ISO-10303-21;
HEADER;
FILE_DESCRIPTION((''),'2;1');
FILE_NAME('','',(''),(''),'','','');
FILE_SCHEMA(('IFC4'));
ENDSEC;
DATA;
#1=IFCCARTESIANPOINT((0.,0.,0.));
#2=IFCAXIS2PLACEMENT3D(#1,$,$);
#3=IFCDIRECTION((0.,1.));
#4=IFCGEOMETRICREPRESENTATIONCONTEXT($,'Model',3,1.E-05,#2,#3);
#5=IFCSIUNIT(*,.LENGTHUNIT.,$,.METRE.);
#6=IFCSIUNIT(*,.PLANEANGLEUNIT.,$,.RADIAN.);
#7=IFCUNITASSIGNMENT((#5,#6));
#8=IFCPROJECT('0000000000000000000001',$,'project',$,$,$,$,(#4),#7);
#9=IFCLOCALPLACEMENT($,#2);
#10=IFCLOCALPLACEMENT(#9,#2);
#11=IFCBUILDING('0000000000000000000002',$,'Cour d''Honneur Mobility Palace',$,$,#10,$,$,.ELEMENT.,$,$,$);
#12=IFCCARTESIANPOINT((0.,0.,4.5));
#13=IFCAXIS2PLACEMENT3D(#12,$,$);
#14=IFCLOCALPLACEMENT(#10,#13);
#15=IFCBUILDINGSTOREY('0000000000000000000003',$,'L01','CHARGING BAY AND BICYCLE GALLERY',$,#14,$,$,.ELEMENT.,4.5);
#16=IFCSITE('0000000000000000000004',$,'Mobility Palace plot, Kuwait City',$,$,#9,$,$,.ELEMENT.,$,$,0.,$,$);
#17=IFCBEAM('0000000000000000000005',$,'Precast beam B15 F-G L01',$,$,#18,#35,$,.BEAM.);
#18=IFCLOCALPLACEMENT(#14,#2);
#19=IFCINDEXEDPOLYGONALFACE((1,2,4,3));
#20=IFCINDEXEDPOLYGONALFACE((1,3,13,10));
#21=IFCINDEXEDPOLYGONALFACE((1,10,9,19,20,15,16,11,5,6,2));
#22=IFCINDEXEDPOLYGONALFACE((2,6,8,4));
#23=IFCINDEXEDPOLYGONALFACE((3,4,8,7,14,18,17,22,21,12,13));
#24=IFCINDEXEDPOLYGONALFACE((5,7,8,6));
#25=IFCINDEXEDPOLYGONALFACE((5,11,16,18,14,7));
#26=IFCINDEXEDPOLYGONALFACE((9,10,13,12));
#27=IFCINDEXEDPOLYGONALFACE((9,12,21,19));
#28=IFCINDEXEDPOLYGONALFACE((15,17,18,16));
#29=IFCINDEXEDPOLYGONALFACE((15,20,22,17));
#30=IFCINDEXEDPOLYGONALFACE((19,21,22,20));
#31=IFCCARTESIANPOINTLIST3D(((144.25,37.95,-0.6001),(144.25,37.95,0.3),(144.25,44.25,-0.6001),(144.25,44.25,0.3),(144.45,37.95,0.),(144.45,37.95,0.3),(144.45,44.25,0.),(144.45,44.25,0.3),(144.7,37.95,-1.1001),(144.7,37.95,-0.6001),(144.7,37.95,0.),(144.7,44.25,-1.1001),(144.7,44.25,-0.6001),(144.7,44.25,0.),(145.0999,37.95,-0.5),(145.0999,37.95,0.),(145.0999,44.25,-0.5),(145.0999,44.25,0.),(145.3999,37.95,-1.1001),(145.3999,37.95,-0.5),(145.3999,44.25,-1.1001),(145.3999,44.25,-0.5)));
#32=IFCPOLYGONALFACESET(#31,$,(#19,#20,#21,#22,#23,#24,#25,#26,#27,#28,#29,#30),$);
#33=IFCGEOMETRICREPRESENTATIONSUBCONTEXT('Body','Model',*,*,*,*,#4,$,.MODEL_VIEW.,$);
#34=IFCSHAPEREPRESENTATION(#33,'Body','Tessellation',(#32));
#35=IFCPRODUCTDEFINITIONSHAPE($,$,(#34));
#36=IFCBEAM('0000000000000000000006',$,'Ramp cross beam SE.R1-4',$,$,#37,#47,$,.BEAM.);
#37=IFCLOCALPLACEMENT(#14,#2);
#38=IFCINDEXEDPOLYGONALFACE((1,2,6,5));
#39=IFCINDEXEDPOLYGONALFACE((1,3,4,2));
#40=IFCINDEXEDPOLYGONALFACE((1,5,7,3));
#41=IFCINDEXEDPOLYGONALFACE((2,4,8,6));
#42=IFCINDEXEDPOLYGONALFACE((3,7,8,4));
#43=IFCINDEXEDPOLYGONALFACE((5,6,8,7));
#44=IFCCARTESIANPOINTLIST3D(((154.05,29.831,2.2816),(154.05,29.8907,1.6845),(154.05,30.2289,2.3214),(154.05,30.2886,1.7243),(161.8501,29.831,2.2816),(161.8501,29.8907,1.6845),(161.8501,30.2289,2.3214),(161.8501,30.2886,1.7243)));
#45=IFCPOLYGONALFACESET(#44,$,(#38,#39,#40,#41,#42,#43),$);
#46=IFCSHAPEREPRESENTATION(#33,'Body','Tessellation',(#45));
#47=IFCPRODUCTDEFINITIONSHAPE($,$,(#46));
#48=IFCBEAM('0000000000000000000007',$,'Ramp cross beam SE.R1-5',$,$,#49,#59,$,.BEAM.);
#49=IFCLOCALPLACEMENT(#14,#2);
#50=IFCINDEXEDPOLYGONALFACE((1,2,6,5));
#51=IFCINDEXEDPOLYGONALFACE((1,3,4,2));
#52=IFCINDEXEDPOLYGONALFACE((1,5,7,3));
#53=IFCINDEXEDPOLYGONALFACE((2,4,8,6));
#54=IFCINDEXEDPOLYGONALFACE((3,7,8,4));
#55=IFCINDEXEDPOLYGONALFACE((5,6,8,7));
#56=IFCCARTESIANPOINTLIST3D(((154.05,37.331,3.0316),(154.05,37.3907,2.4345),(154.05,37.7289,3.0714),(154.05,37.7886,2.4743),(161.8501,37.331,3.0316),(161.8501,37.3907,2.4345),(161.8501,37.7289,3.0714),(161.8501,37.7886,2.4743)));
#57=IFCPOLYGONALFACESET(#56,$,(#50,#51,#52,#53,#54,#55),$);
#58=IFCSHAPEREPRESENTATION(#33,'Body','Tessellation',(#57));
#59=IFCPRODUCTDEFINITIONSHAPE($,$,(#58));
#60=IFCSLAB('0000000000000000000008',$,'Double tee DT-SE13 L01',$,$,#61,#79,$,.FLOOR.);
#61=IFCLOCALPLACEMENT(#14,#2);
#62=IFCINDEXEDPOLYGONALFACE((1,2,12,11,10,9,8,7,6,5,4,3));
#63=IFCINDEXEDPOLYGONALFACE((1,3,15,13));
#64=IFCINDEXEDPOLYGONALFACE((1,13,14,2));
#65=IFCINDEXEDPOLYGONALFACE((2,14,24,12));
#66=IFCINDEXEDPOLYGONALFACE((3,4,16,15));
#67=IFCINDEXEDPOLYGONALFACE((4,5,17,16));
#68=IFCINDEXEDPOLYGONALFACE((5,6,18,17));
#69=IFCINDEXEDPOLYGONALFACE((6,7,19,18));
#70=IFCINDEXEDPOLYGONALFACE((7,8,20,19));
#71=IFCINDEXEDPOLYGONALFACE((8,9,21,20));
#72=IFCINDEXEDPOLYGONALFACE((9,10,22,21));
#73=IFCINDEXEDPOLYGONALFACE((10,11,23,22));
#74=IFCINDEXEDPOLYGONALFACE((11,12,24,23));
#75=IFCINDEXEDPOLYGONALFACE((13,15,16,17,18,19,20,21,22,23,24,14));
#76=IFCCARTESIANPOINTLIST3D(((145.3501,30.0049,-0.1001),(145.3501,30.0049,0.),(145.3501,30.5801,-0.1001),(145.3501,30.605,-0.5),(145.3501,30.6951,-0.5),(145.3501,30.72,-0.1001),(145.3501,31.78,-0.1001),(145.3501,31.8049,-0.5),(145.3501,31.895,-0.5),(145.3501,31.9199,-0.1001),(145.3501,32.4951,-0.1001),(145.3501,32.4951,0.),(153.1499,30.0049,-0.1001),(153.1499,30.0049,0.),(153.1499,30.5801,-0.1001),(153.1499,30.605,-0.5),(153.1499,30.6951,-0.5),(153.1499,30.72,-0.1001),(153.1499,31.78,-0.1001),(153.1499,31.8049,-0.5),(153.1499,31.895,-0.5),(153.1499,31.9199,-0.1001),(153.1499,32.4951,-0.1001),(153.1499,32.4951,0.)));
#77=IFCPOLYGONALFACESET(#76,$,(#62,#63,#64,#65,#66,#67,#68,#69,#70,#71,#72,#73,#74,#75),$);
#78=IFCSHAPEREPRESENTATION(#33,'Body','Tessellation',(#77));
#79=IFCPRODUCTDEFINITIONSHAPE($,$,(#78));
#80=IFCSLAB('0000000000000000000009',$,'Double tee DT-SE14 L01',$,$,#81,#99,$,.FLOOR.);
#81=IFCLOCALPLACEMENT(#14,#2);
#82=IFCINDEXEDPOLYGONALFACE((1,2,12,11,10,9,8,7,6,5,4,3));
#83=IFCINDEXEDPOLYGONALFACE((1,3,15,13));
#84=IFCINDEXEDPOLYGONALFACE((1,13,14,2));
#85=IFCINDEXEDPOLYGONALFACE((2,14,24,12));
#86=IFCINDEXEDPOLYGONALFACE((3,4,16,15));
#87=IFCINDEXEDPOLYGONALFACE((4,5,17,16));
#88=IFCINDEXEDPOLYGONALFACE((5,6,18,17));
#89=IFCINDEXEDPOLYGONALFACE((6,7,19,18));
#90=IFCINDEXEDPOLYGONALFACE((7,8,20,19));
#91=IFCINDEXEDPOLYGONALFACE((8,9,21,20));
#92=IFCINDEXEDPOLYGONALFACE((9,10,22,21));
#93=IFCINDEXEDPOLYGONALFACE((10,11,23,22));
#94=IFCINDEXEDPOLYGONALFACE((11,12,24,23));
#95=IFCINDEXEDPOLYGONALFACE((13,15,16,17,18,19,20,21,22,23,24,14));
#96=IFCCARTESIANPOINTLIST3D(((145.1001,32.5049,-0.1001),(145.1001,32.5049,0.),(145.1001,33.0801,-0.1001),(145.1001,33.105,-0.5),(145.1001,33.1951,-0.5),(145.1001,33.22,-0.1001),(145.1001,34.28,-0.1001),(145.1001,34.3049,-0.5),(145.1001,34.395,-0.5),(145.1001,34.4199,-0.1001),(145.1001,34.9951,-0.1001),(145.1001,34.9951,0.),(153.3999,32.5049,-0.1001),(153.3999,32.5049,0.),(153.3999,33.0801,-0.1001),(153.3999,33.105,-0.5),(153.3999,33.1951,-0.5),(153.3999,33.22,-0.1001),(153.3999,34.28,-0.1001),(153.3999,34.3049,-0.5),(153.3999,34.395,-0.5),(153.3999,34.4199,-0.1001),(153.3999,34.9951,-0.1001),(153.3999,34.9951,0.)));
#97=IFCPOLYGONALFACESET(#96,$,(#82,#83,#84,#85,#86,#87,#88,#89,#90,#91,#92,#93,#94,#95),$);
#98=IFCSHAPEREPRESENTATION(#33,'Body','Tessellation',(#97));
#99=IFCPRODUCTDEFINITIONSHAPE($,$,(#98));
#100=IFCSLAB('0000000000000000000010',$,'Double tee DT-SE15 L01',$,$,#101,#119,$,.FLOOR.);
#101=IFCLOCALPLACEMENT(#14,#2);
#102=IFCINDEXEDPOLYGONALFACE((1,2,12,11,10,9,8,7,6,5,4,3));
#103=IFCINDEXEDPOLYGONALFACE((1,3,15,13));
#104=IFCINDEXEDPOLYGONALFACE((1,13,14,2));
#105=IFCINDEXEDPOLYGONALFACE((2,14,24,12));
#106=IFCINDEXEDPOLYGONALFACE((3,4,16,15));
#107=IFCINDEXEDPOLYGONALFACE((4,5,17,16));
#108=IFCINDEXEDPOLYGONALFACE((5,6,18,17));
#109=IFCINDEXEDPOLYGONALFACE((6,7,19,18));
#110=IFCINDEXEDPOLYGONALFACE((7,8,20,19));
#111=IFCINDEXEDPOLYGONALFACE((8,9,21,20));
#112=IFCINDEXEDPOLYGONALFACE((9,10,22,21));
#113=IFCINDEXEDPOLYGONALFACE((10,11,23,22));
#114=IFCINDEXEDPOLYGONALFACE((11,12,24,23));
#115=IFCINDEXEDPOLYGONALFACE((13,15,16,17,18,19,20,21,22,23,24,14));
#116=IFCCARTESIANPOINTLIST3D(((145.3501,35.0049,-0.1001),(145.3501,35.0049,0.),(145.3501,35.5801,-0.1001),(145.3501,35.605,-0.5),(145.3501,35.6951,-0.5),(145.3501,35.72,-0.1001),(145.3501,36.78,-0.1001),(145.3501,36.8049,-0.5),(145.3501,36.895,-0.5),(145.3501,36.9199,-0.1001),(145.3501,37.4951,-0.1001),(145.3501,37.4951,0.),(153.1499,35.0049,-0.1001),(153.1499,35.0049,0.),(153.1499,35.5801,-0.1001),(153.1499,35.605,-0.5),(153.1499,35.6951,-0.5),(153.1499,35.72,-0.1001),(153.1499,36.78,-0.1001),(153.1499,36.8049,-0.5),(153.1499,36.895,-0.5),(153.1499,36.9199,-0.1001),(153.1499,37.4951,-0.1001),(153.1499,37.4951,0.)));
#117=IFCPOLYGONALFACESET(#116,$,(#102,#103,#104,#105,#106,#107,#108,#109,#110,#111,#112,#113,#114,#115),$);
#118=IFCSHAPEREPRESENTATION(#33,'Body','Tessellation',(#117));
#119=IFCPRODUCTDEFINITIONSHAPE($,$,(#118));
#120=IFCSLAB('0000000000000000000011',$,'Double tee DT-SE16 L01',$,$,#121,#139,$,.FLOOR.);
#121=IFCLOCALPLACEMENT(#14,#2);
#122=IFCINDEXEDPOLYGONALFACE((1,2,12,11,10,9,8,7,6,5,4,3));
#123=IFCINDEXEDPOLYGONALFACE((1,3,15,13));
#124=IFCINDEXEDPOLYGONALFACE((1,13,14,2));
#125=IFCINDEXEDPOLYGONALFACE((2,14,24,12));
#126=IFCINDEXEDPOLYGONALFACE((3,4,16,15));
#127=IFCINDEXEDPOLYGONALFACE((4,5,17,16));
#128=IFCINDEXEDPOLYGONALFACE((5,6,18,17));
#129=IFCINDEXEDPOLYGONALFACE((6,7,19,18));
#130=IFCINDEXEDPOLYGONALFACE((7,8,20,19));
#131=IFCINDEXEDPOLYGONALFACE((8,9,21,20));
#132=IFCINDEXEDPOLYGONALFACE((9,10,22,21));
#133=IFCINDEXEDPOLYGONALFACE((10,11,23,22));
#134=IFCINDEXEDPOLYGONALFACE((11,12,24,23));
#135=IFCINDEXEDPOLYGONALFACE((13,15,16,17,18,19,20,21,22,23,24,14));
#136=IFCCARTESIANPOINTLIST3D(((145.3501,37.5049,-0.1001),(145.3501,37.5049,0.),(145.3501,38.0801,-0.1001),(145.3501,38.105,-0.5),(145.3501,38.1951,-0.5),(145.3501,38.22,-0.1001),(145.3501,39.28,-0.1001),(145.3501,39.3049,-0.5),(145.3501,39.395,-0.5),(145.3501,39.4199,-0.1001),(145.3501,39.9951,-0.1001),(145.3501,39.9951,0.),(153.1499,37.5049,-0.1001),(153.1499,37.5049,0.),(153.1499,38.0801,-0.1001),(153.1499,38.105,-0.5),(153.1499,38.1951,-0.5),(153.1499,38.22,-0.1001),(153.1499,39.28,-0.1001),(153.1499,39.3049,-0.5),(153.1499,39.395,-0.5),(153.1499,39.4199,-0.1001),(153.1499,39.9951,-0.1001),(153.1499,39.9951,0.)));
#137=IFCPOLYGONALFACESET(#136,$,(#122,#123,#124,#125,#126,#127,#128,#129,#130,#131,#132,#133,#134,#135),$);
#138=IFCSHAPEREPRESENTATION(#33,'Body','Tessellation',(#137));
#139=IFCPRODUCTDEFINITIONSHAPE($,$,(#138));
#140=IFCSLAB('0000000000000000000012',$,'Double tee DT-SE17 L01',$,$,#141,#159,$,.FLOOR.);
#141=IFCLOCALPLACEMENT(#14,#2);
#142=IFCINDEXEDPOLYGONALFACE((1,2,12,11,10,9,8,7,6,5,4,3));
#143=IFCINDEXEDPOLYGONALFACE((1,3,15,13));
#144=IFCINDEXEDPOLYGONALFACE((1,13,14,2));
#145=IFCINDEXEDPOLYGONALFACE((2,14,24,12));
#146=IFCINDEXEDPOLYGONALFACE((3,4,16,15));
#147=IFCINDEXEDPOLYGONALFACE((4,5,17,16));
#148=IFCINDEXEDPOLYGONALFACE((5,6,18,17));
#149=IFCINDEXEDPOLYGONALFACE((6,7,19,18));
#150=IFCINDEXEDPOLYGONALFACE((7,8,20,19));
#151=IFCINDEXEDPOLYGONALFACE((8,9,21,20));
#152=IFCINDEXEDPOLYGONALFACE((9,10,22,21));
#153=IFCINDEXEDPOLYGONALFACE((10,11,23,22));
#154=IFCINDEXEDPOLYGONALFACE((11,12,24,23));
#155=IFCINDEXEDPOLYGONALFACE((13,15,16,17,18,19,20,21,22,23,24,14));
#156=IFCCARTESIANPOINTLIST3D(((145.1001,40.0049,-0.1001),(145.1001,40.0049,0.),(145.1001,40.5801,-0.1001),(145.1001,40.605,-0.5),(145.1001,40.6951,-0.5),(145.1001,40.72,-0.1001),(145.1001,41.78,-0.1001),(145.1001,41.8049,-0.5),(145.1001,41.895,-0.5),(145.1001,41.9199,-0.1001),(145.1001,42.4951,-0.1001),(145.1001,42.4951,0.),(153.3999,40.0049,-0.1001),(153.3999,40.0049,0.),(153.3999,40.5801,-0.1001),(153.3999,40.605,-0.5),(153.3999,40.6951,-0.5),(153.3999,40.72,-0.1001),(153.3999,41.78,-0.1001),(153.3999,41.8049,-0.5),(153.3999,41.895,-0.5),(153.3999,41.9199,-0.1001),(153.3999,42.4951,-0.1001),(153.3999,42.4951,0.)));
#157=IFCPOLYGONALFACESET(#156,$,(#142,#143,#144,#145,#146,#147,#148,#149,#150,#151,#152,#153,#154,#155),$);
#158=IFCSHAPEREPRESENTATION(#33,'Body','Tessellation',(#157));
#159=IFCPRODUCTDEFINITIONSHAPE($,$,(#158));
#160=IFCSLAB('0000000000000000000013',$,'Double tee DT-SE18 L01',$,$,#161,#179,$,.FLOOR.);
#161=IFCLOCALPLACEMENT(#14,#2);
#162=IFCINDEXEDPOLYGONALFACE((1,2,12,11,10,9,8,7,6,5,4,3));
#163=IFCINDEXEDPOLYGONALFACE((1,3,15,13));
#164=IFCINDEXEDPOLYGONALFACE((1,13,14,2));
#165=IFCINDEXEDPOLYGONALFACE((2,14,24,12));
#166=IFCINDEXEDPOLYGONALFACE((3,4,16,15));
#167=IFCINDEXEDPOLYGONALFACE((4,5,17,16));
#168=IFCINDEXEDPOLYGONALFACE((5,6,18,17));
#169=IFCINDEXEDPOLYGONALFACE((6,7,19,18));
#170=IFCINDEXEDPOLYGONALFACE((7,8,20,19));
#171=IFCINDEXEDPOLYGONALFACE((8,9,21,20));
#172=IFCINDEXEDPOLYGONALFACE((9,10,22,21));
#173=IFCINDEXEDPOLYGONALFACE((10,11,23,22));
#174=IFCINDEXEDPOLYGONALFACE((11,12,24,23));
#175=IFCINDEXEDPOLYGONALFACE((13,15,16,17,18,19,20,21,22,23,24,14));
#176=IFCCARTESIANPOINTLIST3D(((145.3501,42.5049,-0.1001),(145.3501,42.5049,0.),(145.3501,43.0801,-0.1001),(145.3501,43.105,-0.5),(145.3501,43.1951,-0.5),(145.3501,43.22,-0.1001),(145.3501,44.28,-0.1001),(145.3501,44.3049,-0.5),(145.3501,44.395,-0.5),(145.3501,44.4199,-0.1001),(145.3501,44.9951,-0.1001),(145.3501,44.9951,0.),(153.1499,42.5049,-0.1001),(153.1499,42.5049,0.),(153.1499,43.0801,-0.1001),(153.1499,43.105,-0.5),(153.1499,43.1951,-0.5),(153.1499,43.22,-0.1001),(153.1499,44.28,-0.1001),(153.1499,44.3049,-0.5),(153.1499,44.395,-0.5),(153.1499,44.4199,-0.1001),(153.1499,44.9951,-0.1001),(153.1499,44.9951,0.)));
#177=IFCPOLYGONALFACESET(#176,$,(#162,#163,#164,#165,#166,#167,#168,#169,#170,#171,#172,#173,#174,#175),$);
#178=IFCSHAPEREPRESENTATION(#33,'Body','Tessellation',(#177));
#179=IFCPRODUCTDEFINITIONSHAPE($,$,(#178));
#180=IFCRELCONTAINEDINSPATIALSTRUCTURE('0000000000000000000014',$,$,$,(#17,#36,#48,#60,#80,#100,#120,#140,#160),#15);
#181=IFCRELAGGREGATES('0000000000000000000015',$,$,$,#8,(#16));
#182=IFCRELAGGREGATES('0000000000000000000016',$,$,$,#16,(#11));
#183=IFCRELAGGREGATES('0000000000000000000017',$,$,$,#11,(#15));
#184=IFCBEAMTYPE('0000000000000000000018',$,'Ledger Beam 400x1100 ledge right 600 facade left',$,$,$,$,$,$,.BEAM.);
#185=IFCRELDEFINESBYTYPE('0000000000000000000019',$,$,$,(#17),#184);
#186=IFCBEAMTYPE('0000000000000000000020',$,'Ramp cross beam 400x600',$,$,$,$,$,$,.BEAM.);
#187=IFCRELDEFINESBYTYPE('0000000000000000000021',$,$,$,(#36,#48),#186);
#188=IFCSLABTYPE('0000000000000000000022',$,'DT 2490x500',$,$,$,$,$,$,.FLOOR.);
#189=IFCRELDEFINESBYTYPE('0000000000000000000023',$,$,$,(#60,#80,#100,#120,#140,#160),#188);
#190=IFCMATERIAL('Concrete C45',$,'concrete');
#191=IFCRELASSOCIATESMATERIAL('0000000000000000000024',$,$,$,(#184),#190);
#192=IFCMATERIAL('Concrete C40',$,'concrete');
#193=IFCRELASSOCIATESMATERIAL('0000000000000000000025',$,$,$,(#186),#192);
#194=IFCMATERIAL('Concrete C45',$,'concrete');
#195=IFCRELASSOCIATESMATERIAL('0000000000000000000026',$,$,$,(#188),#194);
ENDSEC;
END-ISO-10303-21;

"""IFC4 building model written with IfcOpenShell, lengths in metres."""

from ifc_helpers import new_model, si_unit, direction, frame, origin, origin_2d, place, context, subcontext, project, spatial, polyline, rectangle, outline, extrude, material, material_profile, profile_set, type_object, element, save


model = new_model("IFC4")

# Units and contexts
model_context = context("Model", 3, precision=1e-05, world=origin(), true_north=direction((0.0, 1.0)))
body_context = subcontext(model_context, "Body", "Model", "MODEL_VIEW")
ifc_project = project(units=[si_unit("LENGTHUNIT", "METRE"), si_unit("PLANEANGLEUNIT", "RADIAN")], contexts=[model_context])

# Site, building, storey
site_placement = place(None, origin())
site = spatial("IfcSite", under=ifc_project, at=site_placement, Name="Mobility Palace plot, Kuwait City", CompositionType="ELEMENT", RefElevation=0.0)
building_placement = place(site_placement, origin())
building = spatial("IfcBuilding", under=site, at=building_placement, Name="Cour d'Honneur Mobility Palace", CompositionType="ELEMENT")
storey_placement = place(building_placement, frame((0.0, 0.0, 4.5)))
storey = spatial("IfcBuildingStorey", under=building, at=storey_placement, Name="L01", Description="CHARGING BAY AND BICYCLE GALLERY", CompositionType="ELEMENT", Elevation=4.5)

# Beams
ifc_material_1 = material(Name="Concrete C45", Category="concrete")
ifc_material_profile_1 = material_profile(ifc_material_1, outline(polyline([(0.2, -1.1001), (0.2, -0.6001), (0.6499, -0.6001), (0.6499, 0.3), (0.45, 0.3), (0.45, 0.0), (0.2, 0.0), (-0.2, 0.0), (-0.2, -0.5), (-0.5, -0.5), (-0.5, -1.1001), (0.2, -1.1001)])), Name="Ledger Beam 400x1100 ledge right 600 facade left")
ifc_profile_set_1 = profile_set([ifc_material_profile_1], Name="Concrete C45")
beam_type_1 = type_object("IfcBeamType", Name="Ledger Beam 400x1100 ledge right 600 facade left", PredefinedType="BEAM", material=ifc_profile_set_1)
beam_1_placement = place(storey_placement, frame((144.8999, 37.95, 0.0), z_axis=(0.0, 1.0, 0.0), x_axis=(-1.0, 0.0, 0.0)))
element("IfcBeam", 1, at=beam_1_placement, inside=storey, type_object=beam_type_1, Name="Precast beam B15 F-G L01", PredefinedType="BEAM", context=body_context, shape_type="SweptSolid", body=[
    extrude(outline(polyline([(0.2, -1.1001), (0.2, -0.6001), (0.6499, -0.6001), (0.6499, 0.3), (0.45, 0.3), (0.45, 0.0), (0.2, 0.0), (-0.2, 0.0), (-0.2, -0.5), (-0.5, -0.5), (-0.5, -1.1001), (0.2, -1.1001)])), origin(), (0.0, 0.0, 1.0), 6.3),
])
ifc_material_2 = material(Name="Concrete C40", Category="concrete")
ifc_material_profile_2 = material_profile(ifc_material_2, rectangle(XDim=0.3999, YDim=0.6001, at=origin_2d()), Name="Ramp cross beam 400x600")
ifc_profile_set_2 = profile_set([ifc_material_profile_2], Name="Concrete C40")
beam_type_2 = type_object("IfcBeamType", Name="Ramp cross beam 400x600", PredefinedType="BEAM", material=ifc_profile_set_2)
for number, where, z_axis, x_axis, name in (
    (2, (161.8501, 30.0598, 2.0029), (-1.0, 0.0, 0.0), (0.0, -0.995037, -0.099504), "Ramp cross beam SE.R1-4"),
    (3, (161.8501, 37.5598, 2.7529), (-1.0, 0.0, 0.0), (0.0, -0.995037, -0.099504), "Ramp cross beam SE.R1-5"),
):
    element("IfcBeam", number, at=place(storey_placement, frame(where, z_axis=z_axis, x_axis=x_axis)), inside=storey, type_object=beam_type_2, Name=name, PredefinedType="BEAM", context=body_context, shape_type="SweptSolid", body=[
        extrude(rectangle(XDim=0.3999, YDim=0.6001, at=origin_2d()), origin(), (0.0, 0.0, 1.0), 7.8),
    ])

# Slabs
ifc_material_3 = material(Name="Concrete C45", Category="concrete")
ifc_material_profile_3 = material_profile(ifc_material_3, outline(polyline([(-1.2451, 0.0), (1.2451, 0.0), (1.2451, -0.1001), (0.6699, -0.1001), (0.645, -0.5), (0.5549, -0.5), (0.53, -0.1001), (-0.53, -0.1001), (-0.5549, -0.5), (-0.645, -0.5), (-0.6699, -0.1001), (-1.2451, -0.1001), (-1.2451, 0.0)])), Name="DT 2490x500")
ifc_profile_set_3 = profile_set([ifc_material_profile_3], Name="Concrete C45")
slab_type = type_object("IfcSlabType", Name="DT 2490x500", PredefinedType="FLOOR", material=ifc_profile_set_3)
slab_1_placement = place(storey_placement, frame((145.3501, 31.25, 0.0), z_axis=(1.0, 0.0, 0.0), x_axis=(0.0, 1.0, 0.0)))
element("IfcSlab", 4, at=slab_1_placement, inside=storey, type_object=slab_type, Name="Double tee DT-SE13 L01", PredefinedType="FLOOR", context=body_context, shape_type="SweptSolid", body=[
    extrude(outline(polyline([(-1.2451, 0.0), (1.2451, 0.0), (1.2451, -0.1001), (0.6699, -0.1001), (0.645, -0.5), (0.5549, -0.5), (0.53, -0.1001), (-0.53, -0.1001), (-0.5549, -0.5), (-0.645, -0.5), (-0.6699, -0.1001), (-1.2451, -0.1001), (-1.2451, 0.0)])), origin(), (0.0, 0.0, 1.0), 7.7998),
])
slab_2_placement = place(storey_placement, frame((145.1001, 33.75, 0.0), z_axis=(1.0, 0.0, 0.0), x_axis=(0.0, 1.0, 0.0)))
element("IfcSlab", 5, at=slab_2_placement, inside=storey, type_object=slab_type, Name="Double tee DT-SE14 L01", PredefinedType="FLOOR", context=body_context, shape_type="SweptSolid", body=[
    extrude(outline(polyline([(-1.2451, 0.0), (1.2451, 0.0), (1.2451, -0.1001), (0.6699, -0.1001), (0.645, -0.5), (0.5549, -0.5), (0.53, -0.1001), (-0.53, -0.1001), (-0.5549, -0.5), (-0.645, -0.5), (-0.6699, -0.1001), (-1.2451, -0.1001), (-1.2451, 0.0)])), origin(), (0.0, 0.0, 1.0), 8.2998),
])
for number, where, z_axis, x_axis, name in (
    (6, (145.3501, 36.25, 0.0), (1.0, 0.0, 0.0), (0.0, 1.0, 0.0), "Double tee DT-SE15 L01"),
    (7, (145.3501, 38.75, 0.0), (1.0, 0.0, 0.0), (0.0, 1.0, 0.0), "Double tee DT-SE16 L01"),
):
    element("IfcSlab", number, at=place(storey_placement, frame(where, z_axis=z_axis, x_axis=x_axis)), inside=storey, type_object=slab_type, Name=name, PredefinedType="FLOOR", context=body_context, shape_type="SweptSolid", body=[
        extrude(outline(polyline([(-1.2451, 0.0), (1.2451, 0.0), (1.2451, -0.1001), (0.6699, -0.1001), (0.645, -0.5), (0.5549, -0.5), (0.53, -0.1001), (-0.53, -0.1001), (-0.5549, -0.5), (-0.645, -0.5), (-0.6699, -0.1001), (-1.2451, -0.1001), (-1.2451, 0.0)])), origin(), (0.0, 0.0, 1.0), 7.7998),
    ])
slab_3_placement = place(storey_placement, frame((145.1001, 41.25, 0.0), z_axis=(1.0, 0.0, 0.0), x_axis=(0.0, 1.0, 0.0)))
element("IfcSlab", 8, at=slab_3_placement, inside=storey, type_object=slab_type, Name="Double tee DT-SE17 L01", PredefinedType="FLOOR", context=body_context, shape_type="SweptSolid", body=[
    extrude(outline(polyline([(-1.2451, 0.0), (1.2451, 0.0), (1.2451, -0.1001), (0.6699, -0.1001), (0.645, -0.5), (0.5549, -0.5), (0.53, -0.1001), (-0.53, -0.1001), (-0.5549, -0.5), (-0.645, -0.5), (-0.6699, -0.1001), (-1.2451, -0.1001), (-1.2451, 0.0)])), origin(), (0.0, 0.0, 1.0), 8.2998),
])
slab_4_placement = place(storey_placement, frame((145.3501, 43.75, 0.0), z_axis=(1.0, 0.0, 0.0), x_axis=(0.0, 1.0, 0.0)))
element("IfcSlab", 9, at=slab_4_placement, inside=storey, type_object=slab_type, Name="Double tee DT-SE18 L01", PredefinedType="FLOOR", context=body_context, shape_type="SweptSolid", body=[
    extrude(outline(polyline([(-1.2451, 0.0), (1.2451, 0.0), (1.2451, -0.1001), (0.6699, -0.1001), (0.645, -0.5), (0.5549, -0.5), (0.53, -0.1001), (-0.53, -0.1001), (-0.5549, -0.5), (-0.645, -0.5), (-0.6699, -0.1001), (-1.2451, -0.1001), (-1.2451, 0.0)])), origin(), (0.0, 0.0, 1.0), 7.7998),
])

save(model, "model.ifc")
